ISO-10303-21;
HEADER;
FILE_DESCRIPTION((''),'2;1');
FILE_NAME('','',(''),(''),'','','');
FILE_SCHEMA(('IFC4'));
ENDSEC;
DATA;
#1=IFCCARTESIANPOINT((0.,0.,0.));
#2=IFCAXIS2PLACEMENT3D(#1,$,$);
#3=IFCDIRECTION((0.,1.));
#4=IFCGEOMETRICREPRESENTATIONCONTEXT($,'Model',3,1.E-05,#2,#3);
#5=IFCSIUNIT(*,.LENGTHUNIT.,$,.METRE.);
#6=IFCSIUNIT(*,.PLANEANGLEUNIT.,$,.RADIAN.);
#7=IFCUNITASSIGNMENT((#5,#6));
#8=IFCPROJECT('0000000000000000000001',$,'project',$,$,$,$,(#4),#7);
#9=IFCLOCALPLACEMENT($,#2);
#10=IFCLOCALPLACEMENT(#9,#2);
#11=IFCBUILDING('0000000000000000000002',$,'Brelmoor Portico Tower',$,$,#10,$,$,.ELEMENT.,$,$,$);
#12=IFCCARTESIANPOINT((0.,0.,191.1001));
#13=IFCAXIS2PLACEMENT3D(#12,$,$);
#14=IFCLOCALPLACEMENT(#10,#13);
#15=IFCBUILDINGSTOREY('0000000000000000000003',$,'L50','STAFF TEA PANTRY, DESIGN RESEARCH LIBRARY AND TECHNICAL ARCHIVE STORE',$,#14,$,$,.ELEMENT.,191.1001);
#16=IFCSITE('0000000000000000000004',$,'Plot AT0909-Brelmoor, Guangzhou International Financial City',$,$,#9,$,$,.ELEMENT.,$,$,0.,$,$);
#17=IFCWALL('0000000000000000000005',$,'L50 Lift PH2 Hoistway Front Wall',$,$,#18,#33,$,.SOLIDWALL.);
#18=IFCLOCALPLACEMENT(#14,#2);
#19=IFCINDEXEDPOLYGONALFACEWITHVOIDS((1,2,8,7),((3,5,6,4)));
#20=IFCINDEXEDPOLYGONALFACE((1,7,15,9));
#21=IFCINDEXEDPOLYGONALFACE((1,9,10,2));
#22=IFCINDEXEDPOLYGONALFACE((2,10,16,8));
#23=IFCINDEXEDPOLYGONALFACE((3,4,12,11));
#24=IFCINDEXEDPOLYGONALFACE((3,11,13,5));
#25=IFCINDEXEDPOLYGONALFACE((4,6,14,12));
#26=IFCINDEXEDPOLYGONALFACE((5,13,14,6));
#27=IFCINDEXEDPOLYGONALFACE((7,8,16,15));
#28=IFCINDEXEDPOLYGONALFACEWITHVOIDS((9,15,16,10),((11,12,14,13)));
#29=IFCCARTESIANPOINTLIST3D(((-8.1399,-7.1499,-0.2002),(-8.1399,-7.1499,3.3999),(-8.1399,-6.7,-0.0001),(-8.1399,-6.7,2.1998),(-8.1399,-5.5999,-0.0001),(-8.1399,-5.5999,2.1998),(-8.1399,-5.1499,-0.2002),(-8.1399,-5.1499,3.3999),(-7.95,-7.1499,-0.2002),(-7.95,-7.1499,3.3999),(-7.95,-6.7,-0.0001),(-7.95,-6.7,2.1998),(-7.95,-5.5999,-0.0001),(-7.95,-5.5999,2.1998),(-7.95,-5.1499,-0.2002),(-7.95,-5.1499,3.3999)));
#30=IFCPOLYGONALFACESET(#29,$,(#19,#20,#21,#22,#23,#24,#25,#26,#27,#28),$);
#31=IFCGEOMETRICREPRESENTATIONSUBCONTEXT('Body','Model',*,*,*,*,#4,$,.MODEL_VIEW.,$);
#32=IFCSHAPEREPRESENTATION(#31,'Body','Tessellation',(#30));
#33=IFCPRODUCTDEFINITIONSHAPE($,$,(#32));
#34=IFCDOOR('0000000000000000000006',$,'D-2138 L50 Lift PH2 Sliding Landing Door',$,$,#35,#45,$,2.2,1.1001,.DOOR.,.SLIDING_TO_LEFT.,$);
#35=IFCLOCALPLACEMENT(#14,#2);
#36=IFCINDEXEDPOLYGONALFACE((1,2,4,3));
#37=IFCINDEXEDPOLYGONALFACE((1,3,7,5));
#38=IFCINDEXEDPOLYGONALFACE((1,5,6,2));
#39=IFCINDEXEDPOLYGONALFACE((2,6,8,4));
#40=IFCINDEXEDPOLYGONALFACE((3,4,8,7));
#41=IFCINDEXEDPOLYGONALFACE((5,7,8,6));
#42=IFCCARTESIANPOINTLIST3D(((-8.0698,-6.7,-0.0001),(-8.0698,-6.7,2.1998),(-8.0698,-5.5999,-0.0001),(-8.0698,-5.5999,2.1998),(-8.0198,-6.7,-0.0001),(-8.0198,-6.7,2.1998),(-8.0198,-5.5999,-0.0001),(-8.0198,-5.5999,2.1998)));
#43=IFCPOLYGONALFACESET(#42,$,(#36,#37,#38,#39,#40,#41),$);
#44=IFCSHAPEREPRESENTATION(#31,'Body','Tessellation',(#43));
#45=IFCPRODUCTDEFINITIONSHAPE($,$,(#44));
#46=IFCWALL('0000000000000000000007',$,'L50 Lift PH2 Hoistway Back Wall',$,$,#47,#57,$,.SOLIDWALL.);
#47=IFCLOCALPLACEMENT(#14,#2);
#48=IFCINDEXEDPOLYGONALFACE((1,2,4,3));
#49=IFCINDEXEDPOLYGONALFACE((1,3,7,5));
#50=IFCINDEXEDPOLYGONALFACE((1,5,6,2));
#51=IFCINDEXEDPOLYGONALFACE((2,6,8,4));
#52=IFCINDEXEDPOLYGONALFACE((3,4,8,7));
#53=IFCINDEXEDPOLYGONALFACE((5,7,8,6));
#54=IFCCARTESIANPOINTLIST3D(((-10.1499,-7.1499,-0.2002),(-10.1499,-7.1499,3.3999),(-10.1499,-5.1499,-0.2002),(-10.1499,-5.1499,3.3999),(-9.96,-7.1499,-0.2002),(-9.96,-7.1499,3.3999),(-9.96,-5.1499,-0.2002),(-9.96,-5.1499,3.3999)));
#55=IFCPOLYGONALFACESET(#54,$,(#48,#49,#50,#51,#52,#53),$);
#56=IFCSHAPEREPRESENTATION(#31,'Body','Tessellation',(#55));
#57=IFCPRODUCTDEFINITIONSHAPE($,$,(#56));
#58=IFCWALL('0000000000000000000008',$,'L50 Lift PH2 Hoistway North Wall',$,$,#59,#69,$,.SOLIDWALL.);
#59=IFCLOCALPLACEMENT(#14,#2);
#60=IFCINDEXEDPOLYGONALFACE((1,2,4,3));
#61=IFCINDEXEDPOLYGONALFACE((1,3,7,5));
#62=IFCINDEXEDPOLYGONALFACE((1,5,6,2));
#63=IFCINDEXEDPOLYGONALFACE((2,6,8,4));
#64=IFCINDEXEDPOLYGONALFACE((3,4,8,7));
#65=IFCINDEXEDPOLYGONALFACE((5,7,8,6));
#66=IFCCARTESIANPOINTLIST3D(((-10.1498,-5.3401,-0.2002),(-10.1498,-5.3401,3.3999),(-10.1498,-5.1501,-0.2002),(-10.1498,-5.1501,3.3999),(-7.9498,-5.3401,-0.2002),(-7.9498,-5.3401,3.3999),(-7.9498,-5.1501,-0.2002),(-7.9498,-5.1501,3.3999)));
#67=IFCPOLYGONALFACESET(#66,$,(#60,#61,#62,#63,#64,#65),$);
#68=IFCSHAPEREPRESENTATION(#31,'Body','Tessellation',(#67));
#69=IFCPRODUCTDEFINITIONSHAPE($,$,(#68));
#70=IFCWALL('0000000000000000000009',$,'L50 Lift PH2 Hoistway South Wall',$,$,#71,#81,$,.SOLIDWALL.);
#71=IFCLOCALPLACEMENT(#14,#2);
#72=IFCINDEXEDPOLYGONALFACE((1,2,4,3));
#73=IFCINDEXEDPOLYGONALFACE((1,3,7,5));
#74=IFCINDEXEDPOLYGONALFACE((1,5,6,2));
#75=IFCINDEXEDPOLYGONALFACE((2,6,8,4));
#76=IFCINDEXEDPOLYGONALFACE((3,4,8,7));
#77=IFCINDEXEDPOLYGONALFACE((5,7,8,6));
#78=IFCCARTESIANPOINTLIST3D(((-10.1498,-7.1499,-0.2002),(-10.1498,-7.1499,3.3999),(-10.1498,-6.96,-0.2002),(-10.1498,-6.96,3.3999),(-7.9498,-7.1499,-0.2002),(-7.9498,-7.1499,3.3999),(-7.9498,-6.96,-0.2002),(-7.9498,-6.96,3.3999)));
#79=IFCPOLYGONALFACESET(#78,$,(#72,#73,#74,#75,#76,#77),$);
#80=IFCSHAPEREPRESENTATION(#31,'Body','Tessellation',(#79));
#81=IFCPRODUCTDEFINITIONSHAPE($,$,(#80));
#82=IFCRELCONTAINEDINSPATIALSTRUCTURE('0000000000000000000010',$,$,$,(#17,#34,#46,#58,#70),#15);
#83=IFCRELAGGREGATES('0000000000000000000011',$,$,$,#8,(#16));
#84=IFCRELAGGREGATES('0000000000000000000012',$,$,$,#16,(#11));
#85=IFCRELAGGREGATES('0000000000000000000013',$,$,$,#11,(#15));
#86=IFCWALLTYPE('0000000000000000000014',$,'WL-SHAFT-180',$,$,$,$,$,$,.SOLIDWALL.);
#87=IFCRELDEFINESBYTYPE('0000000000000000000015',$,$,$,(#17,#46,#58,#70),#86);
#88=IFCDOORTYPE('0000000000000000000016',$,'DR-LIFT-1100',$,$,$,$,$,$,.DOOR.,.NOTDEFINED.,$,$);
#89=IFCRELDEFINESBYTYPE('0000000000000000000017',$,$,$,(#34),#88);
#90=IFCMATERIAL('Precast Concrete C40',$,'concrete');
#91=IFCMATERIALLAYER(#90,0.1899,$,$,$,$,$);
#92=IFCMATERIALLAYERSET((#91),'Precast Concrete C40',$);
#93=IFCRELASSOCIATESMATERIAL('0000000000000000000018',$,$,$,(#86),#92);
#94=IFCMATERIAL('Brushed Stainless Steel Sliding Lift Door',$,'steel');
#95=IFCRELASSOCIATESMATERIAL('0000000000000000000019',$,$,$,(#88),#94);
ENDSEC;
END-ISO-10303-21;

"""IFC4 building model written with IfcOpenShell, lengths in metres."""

from ifc_helpers import new_model, si_unit, direction, frame, frame_2d, origin, place, context, subcontext, project, spatial, rectangle, extrude, material, layer, layer_set, type_object, element, fill, save


model = new_model("IFC4")

# Units and contexts
model_context = context("Model", 3, precision=1e-05, world=origin(), true_north=direction((0.0, 1.0)))
body_context = subcontext(model_context, "Body", "Model", "MODEL_VIEW")
ifc_project = project(units=[si_unit("LENGTHUNIT", "METRE"), si_unit("PLANEANGLEUNIT", "RADIAN")], contexts=[model_context])

# Site, building, storey
site_placement = place(None, origin())
site = spatial("IfcSite", under=ifc_project, at=site_placement, Name="Plot AT0909-Brelmoor, Guangzhou International Financial City", CompositionType="ELEMENT", RefElevation=0.0)
building_placement = place(site_placement, origin())
building = spatial("IfcBuilding", under=site, at=building_placement, Name="Brelmoor Portico Tower", CompositionType="ELEMENT")
storey_placement = place(building_placement, frame((0.0, 0.0, 191.1001)))
storey = spatial("IfcBuildingStorey", under=building, at=storey_placement, Name="L50", Description="STAFF TEA PANTRY, DESIGN RESEARCH LIBRARY AND TECHNICAL ARCHIVE STORE", CompositionType="ELEMENT", Elevation=191.1001)

# Wall, opening, door
ifc_material_1 = material(Name="Precast Concrete C40", Category="concrete")
ifc_layer_1 = layer(ifc_material_1, 0.1899)
ifc_layer_set_1 = layer_set([ifc_layer_1], Name="Precast Concrete C40")
wall_type_1 = type_object("IfcWallType", Name="WL-SHAFT-180", PredefinedType="SOLIDWALL", material=ifc_layer_set_1)
wall_1_placement = place(storey_placement, frame((-8.0449, -7.1499, -0.2002), z_axis=(0.0, 0.0, 1.0), x_axis=(0.0, 1.0, 0.0)))
wall_1 = element("IfcWall", 1, at=wall_1_placement, inside=storey, type_object=wall_type_1, Name="L50 Lift PH2 Hoistway Front Wall", PredefinedType="SOLIDWALL", context=body_context, shape_type="SweptSolid", body=[
    extrude(rectangle(XDim=2.0, YDim=0.1899, at=frame_2d((1.0, 0.0))), origin(), (0.0, 0.0, 1.0), 3.6001),
])
opening_1_placement = place(wall_1_placement, frame((0.45, 0.0, 0.2)))
opening_1 = element("IfcOpeningElement", 2, at=opening_1_placement, cuts=wall_1, PredefinedType="OPENING", context=body_context, shape_type="SweptSolid", body=[
    extrude(rectangle(XDim=1.1001, YDim=2.2, at=frame_2d((0.55, 1.1001))), frame((0.0, 0.105, 0.0), z_axis=(0.0, -1.0, 0.0), x_axis=(1.0, 0.0, 0.0)), (0.0, 0.0, 1.0), 0.21),
])
ifc_material_2 = material(Name="Brushed Stainless Steel Sliding Lift Door", Category="steel")
door_type_1 = type_object("IfcDoorType", Name="DR-LIFT-1100", OperationType="NOTDEFINED", PredefinedType="DOOR", material=ifc_material_2)
door_1_placement = place(opening_1_placement, origin())
door_1 = element("IfcDoor", 3, at=door_1_placement, inside=storey, type_object=door_type_1, Name="D-2138 L50 Lift PH2 Sliding Landing Door", OperationType="SLIDING_TO_LEFT", OverallHeight=2.2, OverallWidth=1.1001, PredefinedType="DOOR", context=body_context, shape_type="SweptSolid", body=[
    extrude(rectangle(XDim=1.1001, YDim=2.2, at=frame_2d((0.55, 1.1001))), frame((0.0, 0.0249, 0.0), z_axis=(0.0, -1.0, 0.0), x_axis=(1.0, 0.0, 0.0)), (0.0, 0.0, 1.0), 0.05),
])
fill(opening_1, door_1)

# Walls
wall_2_placement = place(storey_placement, frame((-10.0549, -7.1499, -0.2002), z_axis=(0.0, 0.0, 1.0), x_axis=(0.0, 1.0, 0.0)))
element("IfcWall", 4, at=wall_2_placement, inside=storey, type_object=wall_type_1, Name="L50 Lift PH2 Hoistway Back Wall", PredefinedType="SOLIDWALL", context=body_context, shape_type="SweptSolid", body=[
    extrude(rectangle(XDim=2.0, YDim=0.1899, at=frame_2d((1.0, 0.0))), origin(), (0.0, 0.0, 1.0), 3.6001),
])
for number, where, z_axis, x_axis, name in (
    (5, (-10.1499, -5.2451, -0.2002), (0.0, 0.0, 1.0), (1.0, 0.0, 0.0), "L50 Lift PH2 Hoistway North Wall"),
    (6, (-10.1499, -7.0549, -0.2002), (0.0, 0.0, 1.0), (1.0, 0.0, 0.0), "L50 Lift PH2 Hoistway South Wall"),
):
    element("IfcWall", number, at=place(storey_placement, frame(where, z_axis=z_axis, x_axis=x_axis)), inside=storey, type_object=wall_type_1, Name=name, PredefinedType="SOLIDWALL", context=body_context, shape_type="SweptSolid", body=[
        extrude(rectangle(XDim=2.2, YDim=0.1899, at=frame_2d((1.1001, 0.0))), origin(), (0.0, 0.0, 1.0), 3.6001),
    ])

save(model, "model.ifc")
